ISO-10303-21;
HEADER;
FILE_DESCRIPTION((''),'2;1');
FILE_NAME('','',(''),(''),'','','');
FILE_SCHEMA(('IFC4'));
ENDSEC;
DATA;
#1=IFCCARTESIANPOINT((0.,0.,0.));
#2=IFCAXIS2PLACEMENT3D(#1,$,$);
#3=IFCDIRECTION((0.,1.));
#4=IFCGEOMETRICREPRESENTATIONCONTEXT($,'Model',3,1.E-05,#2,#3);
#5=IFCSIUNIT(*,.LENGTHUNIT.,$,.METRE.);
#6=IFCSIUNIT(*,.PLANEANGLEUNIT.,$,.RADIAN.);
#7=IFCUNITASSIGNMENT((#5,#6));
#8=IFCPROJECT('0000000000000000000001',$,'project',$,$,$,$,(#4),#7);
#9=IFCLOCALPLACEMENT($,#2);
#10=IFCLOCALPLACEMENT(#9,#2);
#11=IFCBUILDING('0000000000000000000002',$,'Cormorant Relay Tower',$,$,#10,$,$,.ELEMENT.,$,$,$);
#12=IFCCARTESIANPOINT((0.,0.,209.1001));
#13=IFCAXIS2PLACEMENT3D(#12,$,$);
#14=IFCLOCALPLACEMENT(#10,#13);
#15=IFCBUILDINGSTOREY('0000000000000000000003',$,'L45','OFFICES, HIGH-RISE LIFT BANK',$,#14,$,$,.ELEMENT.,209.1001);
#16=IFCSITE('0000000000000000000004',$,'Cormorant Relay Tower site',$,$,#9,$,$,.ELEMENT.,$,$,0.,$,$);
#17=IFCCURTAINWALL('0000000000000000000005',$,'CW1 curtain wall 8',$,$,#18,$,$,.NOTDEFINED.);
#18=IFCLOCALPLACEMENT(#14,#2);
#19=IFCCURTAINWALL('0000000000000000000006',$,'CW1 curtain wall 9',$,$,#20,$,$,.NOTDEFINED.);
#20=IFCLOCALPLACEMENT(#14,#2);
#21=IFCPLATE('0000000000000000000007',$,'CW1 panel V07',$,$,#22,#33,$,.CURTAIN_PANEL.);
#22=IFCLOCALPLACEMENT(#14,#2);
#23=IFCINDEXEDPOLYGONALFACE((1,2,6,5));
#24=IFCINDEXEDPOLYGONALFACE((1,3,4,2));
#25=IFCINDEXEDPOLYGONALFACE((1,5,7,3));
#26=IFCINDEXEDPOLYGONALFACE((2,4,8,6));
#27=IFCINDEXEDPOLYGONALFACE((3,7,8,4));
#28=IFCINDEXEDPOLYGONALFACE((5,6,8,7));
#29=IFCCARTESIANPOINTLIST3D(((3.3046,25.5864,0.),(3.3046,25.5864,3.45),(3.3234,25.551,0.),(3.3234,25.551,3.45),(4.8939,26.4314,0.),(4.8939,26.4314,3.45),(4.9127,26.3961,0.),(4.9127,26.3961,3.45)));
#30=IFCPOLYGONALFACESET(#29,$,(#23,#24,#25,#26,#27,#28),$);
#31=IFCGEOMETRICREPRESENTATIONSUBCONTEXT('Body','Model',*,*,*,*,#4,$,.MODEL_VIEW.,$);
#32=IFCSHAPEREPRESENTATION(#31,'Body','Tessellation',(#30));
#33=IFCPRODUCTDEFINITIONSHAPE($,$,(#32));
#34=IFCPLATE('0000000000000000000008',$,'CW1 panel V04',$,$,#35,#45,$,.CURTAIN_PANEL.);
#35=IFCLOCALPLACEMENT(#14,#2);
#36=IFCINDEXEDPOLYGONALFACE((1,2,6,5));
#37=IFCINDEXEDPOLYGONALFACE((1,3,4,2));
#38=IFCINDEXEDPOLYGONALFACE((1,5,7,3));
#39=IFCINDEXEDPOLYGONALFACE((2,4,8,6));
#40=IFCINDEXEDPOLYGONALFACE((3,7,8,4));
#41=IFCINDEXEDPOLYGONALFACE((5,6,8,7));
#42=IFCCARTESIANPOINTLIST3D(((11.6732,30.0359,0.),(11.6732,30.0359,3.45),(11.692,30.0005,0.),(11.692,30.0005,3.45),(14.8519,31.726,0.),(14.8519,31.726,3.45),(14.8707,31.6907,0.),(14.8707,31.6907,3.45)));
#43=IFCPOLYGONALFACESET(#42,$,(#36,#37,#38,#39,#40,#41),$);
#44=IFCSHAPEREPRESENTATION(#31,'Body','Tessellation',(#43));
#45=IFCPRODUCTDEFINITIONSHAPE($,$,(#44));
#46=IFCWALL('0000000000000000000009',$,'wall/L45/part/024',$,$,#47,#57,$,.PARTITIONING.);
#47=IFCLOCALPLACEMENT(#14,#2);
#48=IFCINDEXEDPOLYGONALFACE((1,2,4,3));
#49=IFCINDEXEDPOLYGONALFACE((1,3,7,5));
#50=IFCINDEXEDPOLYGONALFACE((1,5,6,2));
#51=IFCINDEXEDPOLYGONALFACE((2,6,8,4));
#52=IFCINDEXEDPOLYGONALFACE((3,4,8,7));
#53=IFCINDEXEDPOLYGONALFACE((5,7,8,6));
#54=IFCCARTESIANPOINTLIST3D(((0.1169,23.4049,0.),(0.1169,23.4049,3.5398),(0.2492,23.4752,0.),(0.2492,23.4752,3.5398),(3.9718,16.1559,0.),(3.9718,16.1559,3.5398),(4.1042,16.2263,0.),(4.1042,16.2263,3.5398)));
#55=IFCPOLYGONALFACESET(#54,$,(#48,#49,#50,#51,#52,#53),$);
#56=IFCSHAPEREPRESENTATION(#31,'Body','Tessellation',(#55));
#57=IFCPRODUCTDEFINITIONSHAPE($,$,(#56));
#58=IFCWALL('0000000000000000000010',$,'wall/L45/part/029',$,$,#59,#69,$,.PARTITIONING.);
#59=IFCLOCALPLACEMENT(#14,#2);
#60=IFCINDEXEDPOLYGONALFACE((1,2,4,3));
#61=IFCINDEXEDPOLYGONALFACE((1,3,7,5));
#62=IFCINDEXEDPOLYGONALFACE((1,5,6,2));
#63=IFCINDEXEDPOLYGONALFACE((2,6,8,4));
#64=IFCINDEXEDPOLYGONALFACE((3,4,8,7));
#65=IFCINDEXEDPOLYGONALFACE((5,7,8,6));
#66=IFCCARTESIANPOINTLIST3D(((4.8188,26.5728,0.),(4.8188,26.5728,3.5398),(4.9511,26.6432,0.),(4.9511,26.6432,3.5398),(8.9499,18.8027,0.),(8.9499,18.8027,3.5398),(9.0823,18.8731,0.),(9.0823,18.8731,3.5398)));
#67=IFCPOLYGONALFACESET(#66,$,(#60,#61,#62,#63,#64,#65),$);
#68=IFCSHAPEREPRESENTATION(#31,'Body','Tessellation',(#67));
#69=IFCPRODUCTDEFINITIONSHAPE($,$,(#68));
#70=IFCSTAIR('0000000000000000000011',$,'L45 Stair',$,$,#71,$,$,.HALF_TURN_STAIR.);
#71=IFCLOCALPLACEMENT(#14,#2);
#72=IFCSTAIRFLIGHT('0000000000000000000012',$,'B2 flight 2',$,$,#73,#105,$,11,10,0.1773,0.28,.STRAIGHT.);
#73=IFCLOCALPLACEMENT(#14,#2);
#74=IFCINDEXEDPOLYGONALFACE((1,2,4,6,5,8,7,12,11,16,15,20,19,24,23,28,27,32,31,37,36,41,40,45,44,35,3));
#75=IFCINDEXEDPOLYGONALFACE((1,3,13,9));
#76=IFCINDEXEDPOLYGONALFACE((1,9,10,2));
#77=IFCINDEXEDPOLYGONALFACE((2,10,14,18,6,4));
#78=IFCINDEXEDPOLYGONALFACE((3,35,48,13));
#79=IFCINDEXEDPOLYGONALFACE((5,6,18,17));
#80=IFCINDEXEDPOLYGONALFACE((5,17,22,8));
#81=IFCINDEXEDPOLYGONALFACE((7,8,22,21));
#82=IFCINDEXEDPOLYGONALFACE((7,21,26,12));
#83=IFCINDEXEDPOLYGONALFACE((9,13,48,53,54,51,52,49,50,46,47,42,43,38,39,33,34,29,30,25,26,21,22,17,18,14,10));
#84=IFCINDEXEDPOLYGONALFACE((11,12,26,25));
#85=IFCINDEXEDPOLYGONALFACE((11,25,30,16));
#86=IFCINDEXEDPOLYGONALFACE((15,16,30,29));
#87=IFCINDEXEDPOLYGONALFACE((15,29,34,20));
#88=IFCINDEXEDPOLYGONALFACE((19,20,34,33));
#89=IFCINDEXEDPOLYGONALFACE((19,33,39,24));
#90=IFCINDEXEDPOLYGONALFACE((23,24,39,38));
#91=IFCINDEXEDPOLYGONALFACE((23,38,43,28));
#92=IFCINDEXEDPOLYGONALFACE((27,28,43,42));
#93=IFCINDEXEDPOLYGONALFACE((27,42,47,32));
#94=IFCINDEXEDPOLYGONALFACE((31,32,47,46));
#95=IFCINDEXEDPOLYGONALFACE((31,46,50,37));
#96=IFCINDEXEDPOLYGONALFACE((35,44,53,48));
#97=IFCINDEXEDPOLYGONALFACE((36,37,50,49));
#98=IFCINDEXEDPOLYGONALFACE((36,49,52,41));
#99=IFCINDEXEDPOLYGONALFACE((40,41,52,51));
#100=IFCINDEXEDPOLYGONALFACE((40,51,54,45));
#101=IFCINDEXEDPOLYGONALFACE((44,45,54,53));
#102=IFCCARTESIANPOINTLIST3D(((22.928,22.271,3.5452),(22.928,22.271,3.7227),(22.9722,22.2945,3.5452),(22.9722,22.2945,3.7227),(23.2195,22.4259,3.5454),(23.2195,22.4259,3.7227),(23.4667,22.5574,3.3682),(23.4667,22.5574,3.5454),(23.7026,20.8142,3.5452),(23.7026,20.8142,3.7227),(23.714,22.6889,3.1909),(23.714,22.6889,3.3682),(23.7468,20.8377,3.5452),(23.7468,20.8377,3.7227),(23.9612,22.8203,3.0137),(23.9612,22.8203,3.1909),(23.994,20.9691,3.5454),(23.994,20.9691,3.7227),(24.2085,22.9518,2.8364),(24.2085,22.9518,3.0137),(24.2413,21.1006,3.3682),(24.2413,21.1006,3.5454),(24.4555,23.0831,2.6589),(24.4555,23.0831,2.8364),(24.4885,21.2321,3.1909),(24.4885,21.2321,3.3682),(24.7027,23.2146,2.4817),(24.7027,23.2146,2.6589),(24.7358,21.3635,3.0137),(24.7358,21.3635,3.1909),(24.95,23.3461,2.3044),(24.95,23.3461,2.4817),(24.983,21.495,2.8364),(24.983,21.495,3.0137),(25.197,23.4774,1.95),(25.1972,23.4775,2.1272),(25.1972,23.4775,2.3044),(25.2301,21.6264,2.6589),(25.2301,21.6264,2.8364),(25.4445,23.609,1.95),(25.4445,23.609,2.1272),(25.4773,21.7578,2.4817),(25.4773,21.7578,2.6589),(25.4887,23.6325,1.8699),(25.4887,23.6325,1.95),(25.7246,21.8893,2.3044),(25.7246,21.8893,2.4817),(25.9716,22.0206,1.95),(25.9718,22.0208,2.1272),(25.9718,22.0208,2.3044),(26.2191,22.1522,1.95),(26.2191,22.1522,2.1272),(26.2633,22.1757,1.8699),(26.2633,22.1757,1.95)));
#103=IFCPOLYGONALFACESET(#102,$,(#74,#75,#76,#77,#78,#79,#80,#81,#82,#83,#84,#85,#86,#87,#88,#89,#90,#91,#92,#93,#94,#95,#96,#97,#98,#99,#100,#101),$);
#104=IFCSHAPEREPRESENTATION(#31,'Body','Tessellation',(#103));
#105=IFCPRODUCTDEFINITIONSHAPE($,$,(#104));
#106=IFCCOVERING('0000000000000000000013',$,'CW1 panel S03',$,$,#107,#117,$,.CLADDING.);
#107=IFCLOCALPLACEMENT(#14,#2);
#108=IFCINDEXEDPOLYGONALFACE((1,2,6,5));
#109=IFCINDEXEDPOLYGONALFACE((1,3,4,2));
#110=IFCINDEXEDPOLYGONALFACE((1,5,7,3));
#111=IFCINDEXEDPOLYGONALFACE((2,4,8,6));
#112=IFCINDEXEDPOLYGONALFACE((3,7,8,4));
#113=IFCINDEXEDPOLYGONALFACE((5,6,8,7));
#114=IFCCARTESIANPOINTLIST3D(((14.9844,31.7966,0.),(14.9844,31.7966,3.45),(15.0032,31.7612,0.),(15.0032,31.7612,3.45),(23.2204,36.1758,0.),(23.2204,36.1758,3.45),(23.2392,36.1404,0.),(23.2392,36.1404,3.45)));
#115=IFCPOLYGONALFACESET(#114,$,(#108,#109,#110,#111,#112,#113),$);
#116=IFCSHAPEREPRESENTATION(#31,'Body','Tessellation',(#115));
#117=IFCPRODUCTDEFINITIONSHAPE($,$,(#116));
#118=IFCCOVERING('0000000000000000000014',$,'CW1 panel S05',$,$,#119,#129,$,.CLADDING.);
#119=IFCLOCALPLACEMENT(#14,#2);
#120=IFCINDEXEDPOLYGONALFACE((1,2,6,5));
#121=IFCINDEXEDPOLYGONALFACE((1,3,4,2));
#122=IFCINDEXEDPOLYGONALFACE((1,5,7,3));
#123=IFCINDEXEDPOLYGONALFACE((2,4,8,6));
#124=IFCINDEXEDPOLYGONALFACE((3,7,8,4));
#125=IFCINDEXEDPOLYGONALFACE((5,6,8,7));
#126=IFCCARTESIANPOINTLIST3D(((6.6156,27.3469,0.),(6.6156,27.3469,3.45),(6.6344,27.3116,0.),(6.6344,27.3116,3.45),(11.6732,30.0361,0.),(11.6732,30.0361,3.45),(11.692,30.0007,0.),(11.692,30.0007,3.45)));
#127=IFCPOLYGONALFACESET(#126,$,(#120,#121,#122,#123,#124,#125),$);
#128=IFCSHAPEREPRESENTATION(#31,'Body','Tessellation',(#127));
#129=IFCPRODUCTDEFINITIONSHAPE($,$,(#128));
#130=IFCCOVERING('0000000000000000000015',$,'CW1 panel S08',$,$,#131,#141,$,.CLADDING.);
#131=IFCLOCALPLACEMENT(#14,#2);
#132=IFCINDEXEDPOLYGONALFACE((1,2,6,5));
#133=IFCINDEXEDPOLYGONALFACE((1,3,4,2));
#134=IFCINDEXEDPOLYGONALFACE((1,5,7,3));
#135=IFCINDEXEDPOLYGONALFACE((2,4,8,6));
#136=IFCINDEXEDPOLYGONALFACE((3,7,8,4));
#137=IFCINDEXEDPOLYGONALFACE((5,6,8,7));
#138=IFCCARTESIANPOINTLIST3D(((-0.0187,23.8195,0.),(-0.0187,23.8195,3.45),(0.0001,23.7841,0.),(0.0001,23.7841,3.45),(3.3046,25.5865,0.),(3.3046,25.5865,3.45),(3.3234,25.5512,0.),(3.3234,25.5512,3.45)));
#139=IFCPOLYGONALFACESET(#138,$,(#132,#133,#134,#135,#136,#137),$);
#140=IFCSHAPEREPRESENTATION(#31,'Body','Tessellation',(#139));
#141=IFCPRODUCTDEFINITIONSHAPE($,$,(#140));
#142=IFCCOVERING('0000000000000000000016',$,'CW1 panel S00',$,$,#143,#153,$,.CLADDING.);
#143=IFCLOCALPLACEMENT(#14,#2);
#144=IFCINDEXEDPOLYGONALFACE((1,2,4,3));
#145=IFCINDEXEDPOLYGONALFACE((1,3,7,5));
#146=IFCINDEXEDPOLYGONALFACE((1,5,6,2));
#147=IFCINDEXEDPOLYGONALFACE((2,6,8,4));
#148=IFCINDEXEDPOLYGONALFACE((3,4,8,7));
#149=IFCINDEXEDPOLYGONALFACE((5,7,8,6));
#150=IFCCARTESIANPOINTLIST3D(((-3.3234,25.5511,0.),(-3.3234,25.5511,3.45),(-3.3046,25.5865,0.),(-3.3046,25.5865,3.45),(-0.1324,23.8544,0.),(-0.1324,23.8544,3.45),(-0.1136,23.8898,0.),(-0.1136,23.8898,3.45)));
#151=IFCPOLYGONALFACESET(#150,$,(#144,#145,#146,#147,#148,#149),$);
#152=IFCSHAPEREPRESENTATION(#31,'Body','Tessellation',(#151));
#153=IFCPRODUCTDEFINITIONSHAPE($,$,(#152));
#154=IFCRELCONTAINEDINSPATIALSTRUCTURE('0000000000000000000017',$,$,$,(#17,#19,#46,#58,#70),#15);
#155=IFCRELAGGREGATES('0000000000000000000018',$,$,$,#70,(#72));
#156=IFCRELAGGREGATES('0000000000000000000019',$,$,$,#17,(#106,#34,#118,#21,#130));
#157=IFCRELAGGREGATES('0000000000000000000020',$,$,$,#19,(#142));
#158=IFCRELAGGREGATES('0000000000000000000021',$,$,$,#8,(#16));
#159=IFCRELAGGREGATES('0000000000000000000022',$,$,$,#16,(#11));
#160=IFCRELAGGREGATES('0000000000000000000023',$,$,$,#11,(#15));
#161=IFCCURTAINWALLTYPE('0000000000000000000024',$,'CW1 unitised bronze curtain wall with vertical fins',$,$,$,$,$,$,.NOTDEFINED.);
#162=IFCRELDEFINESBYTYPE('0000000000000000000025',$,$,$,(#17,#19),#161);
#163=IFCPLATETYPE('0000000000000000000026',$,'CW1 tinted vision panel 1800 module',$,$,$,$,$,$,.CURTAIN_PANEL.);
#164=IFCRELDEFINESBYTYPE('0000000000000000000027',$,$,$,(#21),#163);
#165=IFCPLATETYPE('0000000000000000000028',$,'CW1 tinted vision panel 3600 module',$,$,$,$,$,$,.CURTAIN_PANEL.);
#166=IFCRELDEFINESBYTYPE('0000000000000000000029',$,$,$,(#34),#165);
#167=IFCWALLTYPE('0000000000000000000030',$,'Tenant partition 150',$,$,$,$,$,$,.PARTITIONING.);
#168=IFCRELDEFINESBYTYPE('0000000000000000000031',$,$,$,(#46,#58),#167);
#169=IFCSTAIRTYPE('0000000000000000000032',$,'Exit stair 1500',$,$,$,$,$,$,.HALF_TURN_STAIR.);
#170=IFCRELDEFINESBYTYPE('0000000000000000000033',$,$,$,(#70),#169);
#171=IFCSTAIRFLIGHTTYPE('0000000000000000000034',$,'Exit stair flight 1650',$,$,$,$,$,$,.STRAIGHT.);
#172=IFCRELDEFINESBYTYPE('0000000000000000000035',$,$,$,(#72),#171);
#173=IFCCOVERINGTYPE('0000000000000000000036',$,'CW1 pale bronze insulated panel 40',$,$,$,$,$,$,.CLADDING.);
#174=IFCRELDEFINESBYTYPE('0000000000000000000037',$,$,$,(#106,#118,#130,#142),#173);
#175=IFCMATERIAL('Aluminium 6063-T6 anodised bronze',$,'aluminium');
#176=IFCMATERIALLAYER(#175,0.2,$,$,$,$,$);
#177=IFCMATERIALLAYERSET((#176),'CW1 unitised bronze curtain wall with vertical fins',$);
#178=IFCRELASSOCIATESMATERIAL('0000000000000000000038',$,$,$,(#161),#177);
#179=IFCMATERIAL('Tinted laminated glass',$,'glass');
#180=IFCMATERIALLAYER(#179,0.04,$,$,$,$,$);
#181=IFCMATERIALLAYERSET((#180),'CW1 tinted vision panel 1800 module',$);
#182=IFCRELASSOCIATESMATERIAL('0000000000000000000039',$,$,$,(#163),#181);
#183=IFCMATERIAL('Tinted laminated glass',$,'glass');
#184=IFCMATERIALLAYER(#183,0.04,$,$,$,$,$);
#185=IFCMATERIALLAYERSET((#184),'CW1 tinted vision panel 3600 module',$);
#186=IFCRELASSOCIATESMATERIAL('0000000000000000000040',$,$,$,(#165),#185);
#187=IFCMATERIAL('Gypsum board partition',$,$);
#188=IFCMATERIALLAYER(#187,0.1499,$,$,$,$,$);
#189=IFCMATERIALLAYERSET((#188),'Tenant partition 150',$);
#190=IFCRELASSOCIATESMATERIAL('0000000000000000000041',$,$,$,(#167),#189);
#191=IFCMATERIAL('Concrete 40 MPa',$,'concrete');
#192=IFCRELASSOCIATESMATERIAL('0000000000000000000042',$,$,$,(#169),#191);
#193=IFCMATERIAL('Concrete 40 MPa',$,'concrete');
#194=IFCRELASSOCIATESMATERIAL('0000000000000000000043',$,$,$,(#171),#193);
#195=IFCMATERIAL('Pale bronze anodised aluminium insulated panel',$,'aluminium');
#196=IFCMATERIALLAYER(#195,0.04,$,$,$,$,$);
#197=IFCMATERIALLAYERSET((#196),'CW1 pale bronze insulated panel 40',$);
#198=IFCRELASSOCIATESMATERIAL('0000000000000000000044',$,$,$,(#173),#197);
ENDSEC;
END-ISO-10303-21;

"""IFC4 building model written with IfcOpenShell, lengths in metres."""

from ifc_helpers import new_model, si_unit, direction, frame, frame_2d, origin, origin_2d, place, context, subcontext, project, spatial, polyline, rectangle, outline, extrude, material, layer, layer_set, type_object, element, aggregate, save


model = new_model("IFC4")

# Units and contexts
model_context = context("Model", 3, precision=1e-05, world=origin(), true_north=direction((0.0, 1.0)))
body_context = subcontext(model_context, "Body", "Model", "MODEL_VIEW")
ifc_project = project(units=[si_unit("LENGTHUNIT", "METRE"), si_unit("PLANEANGLEUNIT", "RADIAN")], contexts=[model_context])

# Site, building, storey
site_placement = place(None, origin())
site = spatial("IfcSite", under=ifc_project, at=site_placement, Name="Cormorant Relay Tower site", CompositionType="ELEMENT", RefElevation=0.0)
building_placement = place(site_placement, origin())
building = spatial("IfcBuilding", under=site, at=building_placement, Name="Cormorant Relay Tower", CompositionType="ELEMENT")
storey_placement = place(building_placement, frame((0.0, 0.0, 209.1001)))
storey = spatial("IfcBuildingStorey", under=building, at=storey_placement, Name="L45", Description="OFFICES, HIGH-RISE LIFT BANK", CompositionType="ELEMENT", Elevation=209.1001)

# Curtain walls
ifc_material_1 = material(Name="Aluminium 6063-T6 anodised bronze", Category="aluminium")
ifc_layer_1 = layer(ifc_material_1, 0.2)
ifc_layer_set_1 = layer_set([ifc_layer_1], Name="CW1 unitised bronze curtain wall with vertical fins")
curtain_wall_type = type_object("IfcCurtainWallType", Name="CW1 unitised bronze curtain wall with vertical fins", PredefinedType="NOTDEFINED", material=ifc_layer_set_1)
curtain_wall_1_placement = place(storey_placement, origin())
curtain_wall_1 = element("IfcCurtainWall", 1, at=curtain_wall_1_placement, inside=storey, type_object=curtain_wall_type, Name="CW1 curtain wall 8", PredefinedType="NOTDEFINED")
curtain_wall_2_placement = place(storey_placement, origin())
curtain_wall_2 = element("IfcCurtainWall", 2, at=curtain_wall_2_placement, inside=storey, type_object=curtain_wall_type, Name="CW1 curtain wall 9", PredefinedType="NOTDEFINED")

# Plates
ifc_material_2 = material(Name="Tinted laminated glass", Category="glass")
ifc_layer_2 = layer(ifc_material_2, 0.04)
ifc_layer_set_2 = layer_set([ifc_layer_2], Name="CW1 tinted vision panel 1800 module")
plate_type_1 = type_object("IfcPlateType", Name="CW1 tinted vision panel 1800 module", PredefinedType="CURTAIN_PANEL", material=ifc_layer_set_2)
plate_1_placement = place(storey_placement, frame((4.1086, 25.9912, 0.0), z_axis=(0.0, 0.0, 1.0), x_axis=(-0.882948, -0.469472, 0.0)))
plate_1 = element("IfcPlate", 3, at=plate_1_placement, type_object=plate_type_1, Name="CW1 panel V07", PredefinedType="CURTAIN_PANEL", context=body_context, shape_type="SweptSolid", body=[
    extrude(rectangle(XDim=1.8, YDim=0.04, at=origin_2d()), origin(), (0.0, 0.0, 1.0), 3.45),
])
ifc_material_3 = material(Name="Tinted laminated glass", Category="glass")
ifc_layer_3 = layer(ifc_material_3, 0.04)
ifc_layer_set_3 = layer_set([ifc_layer_3], Name="CW1 tinted vision panel 3600 module")
plate_type_2 = type_object("IfcPlateType", Name="CW1 tinted vision panel 3600 module", PredefinedType="CURTAIN_PANEL", material=ifc_layer_set_3)
plate_2_placement = place(storey_placement, frame((13.272, 30.8633, 0.0), z_axis=(0.0, 0.0, 1.0), x_axis=(-0.882948, -0.469472, 0.0)))
plate_2 = element("IfcPlate", 4, at=plate_2_placement, type_object=plate_type_2, Name="CW1 panel V04", PredefinedType="CURTAIN_PANEL", context=body_context, shape_type="SweptSolid", body=[
    extrude(rectangle(XDim=3.6001, YDim=0.04, at=origin_2d()), origin(), (0.0, 0.0, 1.0), 3.45),
])

# Walls
ifc_material_4 = material(Name="Gypsum board partition")
ifc_layer_4 = layer(ifc_material_4, 0.1499)
ifc_layer_set_4 = layer_set([ifc_layer_4], Name="Tenant partition 150")
wall_type = type_object("IfcWallType", Name="Tenant partition 150", PredefinedType="PARTITIONING", material=ifc_layer_set_4)
wall_1_placement = place(storey_placement, frame((0.1831, 23.4399, 0.0), z_axis=(0.0, 0.0, 1.0), x_axis=(0.469529, -0.882917, 0.0)))
element("IfcWall", 5, at=wall_1_placement, inside=storey, type_object=wall_type, Name="wall/L45/part/024", PredefinedType="PARTITIONING", context=body_context, shape_type="SweptSolid", body=[
    extrude(rectangle(XDim=8.2102, YDim=0.1499, at=frame_2d((4.105, 0.0))), origin(), (0.0, 0.0, 1.0), 3.5398),
])
wall_2_placement = place(storey_placement, frame((4.885, 26.6079, 0.0), z_axis=(0.0, 0.0, 1.0), x_axis=(0.469446, -0.882961, 0.0)))
element("IfcWall", 6, at=wall_2_placement, inside=storey, type_object=wall_type, Name="wall/L45/part/029", PredefinedType="PARTITIONING", context=body_context, shape_type="SweptSolid", body=[
    extrude(rectangle(XDim=8.8, YDim=0.1499, at=frame_2d((4.3999, 0.0))), origin(), (0.0, 0.0, 1.0), 3.5398),
])

# Stair, stair flight
ifc_material_5 = material(Name="Concrete 40 MPa", Category="concrete")
stair_type = type_object("IfcStairType", Name="Exit stair 1500", PredefinedType="HALF_TURN_STAIR", material=ifc_material_5)
stair_placement = place(storey_placement, origin())
stair = element("IfcStair", 7, at=stair_placement, inside=storey, type_object=stair_type, Name="L45 Stair", PredefinedType="HALF_TURN_STAIR")
ifc_material_6 = material(Name="Concrete 40 MPa", Category="concrete")
stair_flight_type = type_object("IfcStairFlightType", Name="Exit stair flight 1650", PredefinedType="STRAIGHT", material=ifc_material_6)
stair_flight_placement = place(storey_placement, frame((25.8318, 22.8806, 1.95), z_axis=(0.0, 0.0, 1.0), x_axis=(-0.882948, -0.469472, 0.0)))
stair_flight = element("IfcStairFlight", 8, at=stair_flight_placement, type_object=stair_flight_type, Name="B2 flight 2", NumberOfRisers=11, NumberOfTreads=10, PredefinedType="STRAIGHT", RiserHeight=0.1773, TreadLength=0.28, context=body_context, shape_type="SweptSolid", body=[
    extrude(outline(polyline([(-0.05, -0.0801), (-0.05, 0.0), (0.0, 0.0), (0.0, 0.1772), (0.28, 0.1772), (0.28, 0.3545), (0.5601, 0.3545), (0.5601, 0.5317), (0.8401, 0.5317), (0.8401, 0.709), (1.1201, 0.709), (1.1201, 0.8865), (1.3999, 0.8865), (1.3999, 1.0637), (1.6799, 1.0637), (1.6799, 1.241), (1.96, 1.241), (1.96, 1.4182), (2.24, 1.4182), (2.24, 1.5955), (2.52, 1.5955), (2.52, 1.7727), (2.8, 1.7727), (2.8501, 1.7727), (2.8501, 1.5952), (2.8, 1.5952), (0.2803, 0.0), (-0.05, -0.0801)])), frame((0.0, 0.825, 0.0), z_axis=(0.0, -1.0, 0.0), x_axis=(1.0, 0.0, 0.0)), (0.0, 0.0, 1.0), 1.6499),
])
aggregate(stair, [stair_flight])

# Coverings
ifc_material_7 = material(Name="Pale bronze anodised aluminium insulated panel", Category="aluminium")
ifc_layer_5 = layer(ifc_material_7, 0.04)
ifc_layer_set_5 = layer_set([ifc_layer_5], Name="CW1 pale bronze insulated panel 40")
covering_type = type_object("IfcCoveringType", Name="CW1 pale bronze insulated panel 40", PredefinedType="CLADDING", material=ifc_layer_set_5)
covering_1_placement = place(storey_placement, frame((19.1118, 33.9685, 0.0), z_axis=(0.0, 0.0, 1.0), x_axis=(-0.882948, -0.469472, 0.0)))
covering_1 = element("IfcCovering", 9, at=covering_1_placement, type_object=covering_type, Name="CW1 panel S03", PredefinedType="CLADDING", context=body_context, shape_type="SweptSolid", body=[
    extrude(rectangle(XDim=9.3279, YDim=0.04, at=origin_2d()), origin(), (0.0, 0.0, 1.0), 3.45),
])
covering_2_placement = place(storey_placement, frame((9.1538, 28.6738, 0.0), z_axis=(0.0, 0.0, 1.0), x_axis=(-0.882948, -0.469472, 0.0)))
covering_2 = element("IfcCovering", 10, at=covering_2_placement, type_object=covering_type, Name="CW1 panel S05", PredefinedType="CLADDING", context=body_context, shape_type="SweptSolid", body=[
    extrude(rectangle(XDim=5.728, YDim=0.04, at=origin_2d()), origin(), (0.0, 0.0, 1.0), 3.45),
])
covering_3_placement = place(storey_placement, frame((1.6523, 24.6853, 0.0), z_axis=(0.0, 0.0, 1.0), x_axis=(-0.882948, -0.469472, 0.0)))
covering_3 = element("IfcCovering", 11, at=covering_3_placement, type_object=covering_type, Name="CW1 panel S08", PredefinedType="CLADDING", context=body_context, shape_type="SweptSolid", body=[
    extrude(rectangle(XDim=3.7639, YDim=0.04, at=origin_2d()), origin(), (0.0, 0.0, 1.0), 3.45),
])
aggregate(curtain_wall_1, [covering_1, plate_2, covering_2, plate_1, covering_3])
covering_4_placement = place(storey_placement, frame((-1.7185, 24.7205, 0.0), z_axis=(0.0, 0.0, 1.0), x_axis=(-0.882948, 0.469472, 0.0)))
covering_4 = element("IfcCovering", 12, at=covering_4_placement, type_object=covering_type, Name="CW1 panel S00", PredefinedType="CLADDING", context=body_context, shape_type="SweptSolid", body=[
    extrude(rectangle(XDim=3.614, YDim=0.04, at=origin_2d()), origin(), (0.0, 0.0, 1.0), 3.45),
])
aggregate(curtain_wall_2, [covering_4])

save(model, "model.ifc")
